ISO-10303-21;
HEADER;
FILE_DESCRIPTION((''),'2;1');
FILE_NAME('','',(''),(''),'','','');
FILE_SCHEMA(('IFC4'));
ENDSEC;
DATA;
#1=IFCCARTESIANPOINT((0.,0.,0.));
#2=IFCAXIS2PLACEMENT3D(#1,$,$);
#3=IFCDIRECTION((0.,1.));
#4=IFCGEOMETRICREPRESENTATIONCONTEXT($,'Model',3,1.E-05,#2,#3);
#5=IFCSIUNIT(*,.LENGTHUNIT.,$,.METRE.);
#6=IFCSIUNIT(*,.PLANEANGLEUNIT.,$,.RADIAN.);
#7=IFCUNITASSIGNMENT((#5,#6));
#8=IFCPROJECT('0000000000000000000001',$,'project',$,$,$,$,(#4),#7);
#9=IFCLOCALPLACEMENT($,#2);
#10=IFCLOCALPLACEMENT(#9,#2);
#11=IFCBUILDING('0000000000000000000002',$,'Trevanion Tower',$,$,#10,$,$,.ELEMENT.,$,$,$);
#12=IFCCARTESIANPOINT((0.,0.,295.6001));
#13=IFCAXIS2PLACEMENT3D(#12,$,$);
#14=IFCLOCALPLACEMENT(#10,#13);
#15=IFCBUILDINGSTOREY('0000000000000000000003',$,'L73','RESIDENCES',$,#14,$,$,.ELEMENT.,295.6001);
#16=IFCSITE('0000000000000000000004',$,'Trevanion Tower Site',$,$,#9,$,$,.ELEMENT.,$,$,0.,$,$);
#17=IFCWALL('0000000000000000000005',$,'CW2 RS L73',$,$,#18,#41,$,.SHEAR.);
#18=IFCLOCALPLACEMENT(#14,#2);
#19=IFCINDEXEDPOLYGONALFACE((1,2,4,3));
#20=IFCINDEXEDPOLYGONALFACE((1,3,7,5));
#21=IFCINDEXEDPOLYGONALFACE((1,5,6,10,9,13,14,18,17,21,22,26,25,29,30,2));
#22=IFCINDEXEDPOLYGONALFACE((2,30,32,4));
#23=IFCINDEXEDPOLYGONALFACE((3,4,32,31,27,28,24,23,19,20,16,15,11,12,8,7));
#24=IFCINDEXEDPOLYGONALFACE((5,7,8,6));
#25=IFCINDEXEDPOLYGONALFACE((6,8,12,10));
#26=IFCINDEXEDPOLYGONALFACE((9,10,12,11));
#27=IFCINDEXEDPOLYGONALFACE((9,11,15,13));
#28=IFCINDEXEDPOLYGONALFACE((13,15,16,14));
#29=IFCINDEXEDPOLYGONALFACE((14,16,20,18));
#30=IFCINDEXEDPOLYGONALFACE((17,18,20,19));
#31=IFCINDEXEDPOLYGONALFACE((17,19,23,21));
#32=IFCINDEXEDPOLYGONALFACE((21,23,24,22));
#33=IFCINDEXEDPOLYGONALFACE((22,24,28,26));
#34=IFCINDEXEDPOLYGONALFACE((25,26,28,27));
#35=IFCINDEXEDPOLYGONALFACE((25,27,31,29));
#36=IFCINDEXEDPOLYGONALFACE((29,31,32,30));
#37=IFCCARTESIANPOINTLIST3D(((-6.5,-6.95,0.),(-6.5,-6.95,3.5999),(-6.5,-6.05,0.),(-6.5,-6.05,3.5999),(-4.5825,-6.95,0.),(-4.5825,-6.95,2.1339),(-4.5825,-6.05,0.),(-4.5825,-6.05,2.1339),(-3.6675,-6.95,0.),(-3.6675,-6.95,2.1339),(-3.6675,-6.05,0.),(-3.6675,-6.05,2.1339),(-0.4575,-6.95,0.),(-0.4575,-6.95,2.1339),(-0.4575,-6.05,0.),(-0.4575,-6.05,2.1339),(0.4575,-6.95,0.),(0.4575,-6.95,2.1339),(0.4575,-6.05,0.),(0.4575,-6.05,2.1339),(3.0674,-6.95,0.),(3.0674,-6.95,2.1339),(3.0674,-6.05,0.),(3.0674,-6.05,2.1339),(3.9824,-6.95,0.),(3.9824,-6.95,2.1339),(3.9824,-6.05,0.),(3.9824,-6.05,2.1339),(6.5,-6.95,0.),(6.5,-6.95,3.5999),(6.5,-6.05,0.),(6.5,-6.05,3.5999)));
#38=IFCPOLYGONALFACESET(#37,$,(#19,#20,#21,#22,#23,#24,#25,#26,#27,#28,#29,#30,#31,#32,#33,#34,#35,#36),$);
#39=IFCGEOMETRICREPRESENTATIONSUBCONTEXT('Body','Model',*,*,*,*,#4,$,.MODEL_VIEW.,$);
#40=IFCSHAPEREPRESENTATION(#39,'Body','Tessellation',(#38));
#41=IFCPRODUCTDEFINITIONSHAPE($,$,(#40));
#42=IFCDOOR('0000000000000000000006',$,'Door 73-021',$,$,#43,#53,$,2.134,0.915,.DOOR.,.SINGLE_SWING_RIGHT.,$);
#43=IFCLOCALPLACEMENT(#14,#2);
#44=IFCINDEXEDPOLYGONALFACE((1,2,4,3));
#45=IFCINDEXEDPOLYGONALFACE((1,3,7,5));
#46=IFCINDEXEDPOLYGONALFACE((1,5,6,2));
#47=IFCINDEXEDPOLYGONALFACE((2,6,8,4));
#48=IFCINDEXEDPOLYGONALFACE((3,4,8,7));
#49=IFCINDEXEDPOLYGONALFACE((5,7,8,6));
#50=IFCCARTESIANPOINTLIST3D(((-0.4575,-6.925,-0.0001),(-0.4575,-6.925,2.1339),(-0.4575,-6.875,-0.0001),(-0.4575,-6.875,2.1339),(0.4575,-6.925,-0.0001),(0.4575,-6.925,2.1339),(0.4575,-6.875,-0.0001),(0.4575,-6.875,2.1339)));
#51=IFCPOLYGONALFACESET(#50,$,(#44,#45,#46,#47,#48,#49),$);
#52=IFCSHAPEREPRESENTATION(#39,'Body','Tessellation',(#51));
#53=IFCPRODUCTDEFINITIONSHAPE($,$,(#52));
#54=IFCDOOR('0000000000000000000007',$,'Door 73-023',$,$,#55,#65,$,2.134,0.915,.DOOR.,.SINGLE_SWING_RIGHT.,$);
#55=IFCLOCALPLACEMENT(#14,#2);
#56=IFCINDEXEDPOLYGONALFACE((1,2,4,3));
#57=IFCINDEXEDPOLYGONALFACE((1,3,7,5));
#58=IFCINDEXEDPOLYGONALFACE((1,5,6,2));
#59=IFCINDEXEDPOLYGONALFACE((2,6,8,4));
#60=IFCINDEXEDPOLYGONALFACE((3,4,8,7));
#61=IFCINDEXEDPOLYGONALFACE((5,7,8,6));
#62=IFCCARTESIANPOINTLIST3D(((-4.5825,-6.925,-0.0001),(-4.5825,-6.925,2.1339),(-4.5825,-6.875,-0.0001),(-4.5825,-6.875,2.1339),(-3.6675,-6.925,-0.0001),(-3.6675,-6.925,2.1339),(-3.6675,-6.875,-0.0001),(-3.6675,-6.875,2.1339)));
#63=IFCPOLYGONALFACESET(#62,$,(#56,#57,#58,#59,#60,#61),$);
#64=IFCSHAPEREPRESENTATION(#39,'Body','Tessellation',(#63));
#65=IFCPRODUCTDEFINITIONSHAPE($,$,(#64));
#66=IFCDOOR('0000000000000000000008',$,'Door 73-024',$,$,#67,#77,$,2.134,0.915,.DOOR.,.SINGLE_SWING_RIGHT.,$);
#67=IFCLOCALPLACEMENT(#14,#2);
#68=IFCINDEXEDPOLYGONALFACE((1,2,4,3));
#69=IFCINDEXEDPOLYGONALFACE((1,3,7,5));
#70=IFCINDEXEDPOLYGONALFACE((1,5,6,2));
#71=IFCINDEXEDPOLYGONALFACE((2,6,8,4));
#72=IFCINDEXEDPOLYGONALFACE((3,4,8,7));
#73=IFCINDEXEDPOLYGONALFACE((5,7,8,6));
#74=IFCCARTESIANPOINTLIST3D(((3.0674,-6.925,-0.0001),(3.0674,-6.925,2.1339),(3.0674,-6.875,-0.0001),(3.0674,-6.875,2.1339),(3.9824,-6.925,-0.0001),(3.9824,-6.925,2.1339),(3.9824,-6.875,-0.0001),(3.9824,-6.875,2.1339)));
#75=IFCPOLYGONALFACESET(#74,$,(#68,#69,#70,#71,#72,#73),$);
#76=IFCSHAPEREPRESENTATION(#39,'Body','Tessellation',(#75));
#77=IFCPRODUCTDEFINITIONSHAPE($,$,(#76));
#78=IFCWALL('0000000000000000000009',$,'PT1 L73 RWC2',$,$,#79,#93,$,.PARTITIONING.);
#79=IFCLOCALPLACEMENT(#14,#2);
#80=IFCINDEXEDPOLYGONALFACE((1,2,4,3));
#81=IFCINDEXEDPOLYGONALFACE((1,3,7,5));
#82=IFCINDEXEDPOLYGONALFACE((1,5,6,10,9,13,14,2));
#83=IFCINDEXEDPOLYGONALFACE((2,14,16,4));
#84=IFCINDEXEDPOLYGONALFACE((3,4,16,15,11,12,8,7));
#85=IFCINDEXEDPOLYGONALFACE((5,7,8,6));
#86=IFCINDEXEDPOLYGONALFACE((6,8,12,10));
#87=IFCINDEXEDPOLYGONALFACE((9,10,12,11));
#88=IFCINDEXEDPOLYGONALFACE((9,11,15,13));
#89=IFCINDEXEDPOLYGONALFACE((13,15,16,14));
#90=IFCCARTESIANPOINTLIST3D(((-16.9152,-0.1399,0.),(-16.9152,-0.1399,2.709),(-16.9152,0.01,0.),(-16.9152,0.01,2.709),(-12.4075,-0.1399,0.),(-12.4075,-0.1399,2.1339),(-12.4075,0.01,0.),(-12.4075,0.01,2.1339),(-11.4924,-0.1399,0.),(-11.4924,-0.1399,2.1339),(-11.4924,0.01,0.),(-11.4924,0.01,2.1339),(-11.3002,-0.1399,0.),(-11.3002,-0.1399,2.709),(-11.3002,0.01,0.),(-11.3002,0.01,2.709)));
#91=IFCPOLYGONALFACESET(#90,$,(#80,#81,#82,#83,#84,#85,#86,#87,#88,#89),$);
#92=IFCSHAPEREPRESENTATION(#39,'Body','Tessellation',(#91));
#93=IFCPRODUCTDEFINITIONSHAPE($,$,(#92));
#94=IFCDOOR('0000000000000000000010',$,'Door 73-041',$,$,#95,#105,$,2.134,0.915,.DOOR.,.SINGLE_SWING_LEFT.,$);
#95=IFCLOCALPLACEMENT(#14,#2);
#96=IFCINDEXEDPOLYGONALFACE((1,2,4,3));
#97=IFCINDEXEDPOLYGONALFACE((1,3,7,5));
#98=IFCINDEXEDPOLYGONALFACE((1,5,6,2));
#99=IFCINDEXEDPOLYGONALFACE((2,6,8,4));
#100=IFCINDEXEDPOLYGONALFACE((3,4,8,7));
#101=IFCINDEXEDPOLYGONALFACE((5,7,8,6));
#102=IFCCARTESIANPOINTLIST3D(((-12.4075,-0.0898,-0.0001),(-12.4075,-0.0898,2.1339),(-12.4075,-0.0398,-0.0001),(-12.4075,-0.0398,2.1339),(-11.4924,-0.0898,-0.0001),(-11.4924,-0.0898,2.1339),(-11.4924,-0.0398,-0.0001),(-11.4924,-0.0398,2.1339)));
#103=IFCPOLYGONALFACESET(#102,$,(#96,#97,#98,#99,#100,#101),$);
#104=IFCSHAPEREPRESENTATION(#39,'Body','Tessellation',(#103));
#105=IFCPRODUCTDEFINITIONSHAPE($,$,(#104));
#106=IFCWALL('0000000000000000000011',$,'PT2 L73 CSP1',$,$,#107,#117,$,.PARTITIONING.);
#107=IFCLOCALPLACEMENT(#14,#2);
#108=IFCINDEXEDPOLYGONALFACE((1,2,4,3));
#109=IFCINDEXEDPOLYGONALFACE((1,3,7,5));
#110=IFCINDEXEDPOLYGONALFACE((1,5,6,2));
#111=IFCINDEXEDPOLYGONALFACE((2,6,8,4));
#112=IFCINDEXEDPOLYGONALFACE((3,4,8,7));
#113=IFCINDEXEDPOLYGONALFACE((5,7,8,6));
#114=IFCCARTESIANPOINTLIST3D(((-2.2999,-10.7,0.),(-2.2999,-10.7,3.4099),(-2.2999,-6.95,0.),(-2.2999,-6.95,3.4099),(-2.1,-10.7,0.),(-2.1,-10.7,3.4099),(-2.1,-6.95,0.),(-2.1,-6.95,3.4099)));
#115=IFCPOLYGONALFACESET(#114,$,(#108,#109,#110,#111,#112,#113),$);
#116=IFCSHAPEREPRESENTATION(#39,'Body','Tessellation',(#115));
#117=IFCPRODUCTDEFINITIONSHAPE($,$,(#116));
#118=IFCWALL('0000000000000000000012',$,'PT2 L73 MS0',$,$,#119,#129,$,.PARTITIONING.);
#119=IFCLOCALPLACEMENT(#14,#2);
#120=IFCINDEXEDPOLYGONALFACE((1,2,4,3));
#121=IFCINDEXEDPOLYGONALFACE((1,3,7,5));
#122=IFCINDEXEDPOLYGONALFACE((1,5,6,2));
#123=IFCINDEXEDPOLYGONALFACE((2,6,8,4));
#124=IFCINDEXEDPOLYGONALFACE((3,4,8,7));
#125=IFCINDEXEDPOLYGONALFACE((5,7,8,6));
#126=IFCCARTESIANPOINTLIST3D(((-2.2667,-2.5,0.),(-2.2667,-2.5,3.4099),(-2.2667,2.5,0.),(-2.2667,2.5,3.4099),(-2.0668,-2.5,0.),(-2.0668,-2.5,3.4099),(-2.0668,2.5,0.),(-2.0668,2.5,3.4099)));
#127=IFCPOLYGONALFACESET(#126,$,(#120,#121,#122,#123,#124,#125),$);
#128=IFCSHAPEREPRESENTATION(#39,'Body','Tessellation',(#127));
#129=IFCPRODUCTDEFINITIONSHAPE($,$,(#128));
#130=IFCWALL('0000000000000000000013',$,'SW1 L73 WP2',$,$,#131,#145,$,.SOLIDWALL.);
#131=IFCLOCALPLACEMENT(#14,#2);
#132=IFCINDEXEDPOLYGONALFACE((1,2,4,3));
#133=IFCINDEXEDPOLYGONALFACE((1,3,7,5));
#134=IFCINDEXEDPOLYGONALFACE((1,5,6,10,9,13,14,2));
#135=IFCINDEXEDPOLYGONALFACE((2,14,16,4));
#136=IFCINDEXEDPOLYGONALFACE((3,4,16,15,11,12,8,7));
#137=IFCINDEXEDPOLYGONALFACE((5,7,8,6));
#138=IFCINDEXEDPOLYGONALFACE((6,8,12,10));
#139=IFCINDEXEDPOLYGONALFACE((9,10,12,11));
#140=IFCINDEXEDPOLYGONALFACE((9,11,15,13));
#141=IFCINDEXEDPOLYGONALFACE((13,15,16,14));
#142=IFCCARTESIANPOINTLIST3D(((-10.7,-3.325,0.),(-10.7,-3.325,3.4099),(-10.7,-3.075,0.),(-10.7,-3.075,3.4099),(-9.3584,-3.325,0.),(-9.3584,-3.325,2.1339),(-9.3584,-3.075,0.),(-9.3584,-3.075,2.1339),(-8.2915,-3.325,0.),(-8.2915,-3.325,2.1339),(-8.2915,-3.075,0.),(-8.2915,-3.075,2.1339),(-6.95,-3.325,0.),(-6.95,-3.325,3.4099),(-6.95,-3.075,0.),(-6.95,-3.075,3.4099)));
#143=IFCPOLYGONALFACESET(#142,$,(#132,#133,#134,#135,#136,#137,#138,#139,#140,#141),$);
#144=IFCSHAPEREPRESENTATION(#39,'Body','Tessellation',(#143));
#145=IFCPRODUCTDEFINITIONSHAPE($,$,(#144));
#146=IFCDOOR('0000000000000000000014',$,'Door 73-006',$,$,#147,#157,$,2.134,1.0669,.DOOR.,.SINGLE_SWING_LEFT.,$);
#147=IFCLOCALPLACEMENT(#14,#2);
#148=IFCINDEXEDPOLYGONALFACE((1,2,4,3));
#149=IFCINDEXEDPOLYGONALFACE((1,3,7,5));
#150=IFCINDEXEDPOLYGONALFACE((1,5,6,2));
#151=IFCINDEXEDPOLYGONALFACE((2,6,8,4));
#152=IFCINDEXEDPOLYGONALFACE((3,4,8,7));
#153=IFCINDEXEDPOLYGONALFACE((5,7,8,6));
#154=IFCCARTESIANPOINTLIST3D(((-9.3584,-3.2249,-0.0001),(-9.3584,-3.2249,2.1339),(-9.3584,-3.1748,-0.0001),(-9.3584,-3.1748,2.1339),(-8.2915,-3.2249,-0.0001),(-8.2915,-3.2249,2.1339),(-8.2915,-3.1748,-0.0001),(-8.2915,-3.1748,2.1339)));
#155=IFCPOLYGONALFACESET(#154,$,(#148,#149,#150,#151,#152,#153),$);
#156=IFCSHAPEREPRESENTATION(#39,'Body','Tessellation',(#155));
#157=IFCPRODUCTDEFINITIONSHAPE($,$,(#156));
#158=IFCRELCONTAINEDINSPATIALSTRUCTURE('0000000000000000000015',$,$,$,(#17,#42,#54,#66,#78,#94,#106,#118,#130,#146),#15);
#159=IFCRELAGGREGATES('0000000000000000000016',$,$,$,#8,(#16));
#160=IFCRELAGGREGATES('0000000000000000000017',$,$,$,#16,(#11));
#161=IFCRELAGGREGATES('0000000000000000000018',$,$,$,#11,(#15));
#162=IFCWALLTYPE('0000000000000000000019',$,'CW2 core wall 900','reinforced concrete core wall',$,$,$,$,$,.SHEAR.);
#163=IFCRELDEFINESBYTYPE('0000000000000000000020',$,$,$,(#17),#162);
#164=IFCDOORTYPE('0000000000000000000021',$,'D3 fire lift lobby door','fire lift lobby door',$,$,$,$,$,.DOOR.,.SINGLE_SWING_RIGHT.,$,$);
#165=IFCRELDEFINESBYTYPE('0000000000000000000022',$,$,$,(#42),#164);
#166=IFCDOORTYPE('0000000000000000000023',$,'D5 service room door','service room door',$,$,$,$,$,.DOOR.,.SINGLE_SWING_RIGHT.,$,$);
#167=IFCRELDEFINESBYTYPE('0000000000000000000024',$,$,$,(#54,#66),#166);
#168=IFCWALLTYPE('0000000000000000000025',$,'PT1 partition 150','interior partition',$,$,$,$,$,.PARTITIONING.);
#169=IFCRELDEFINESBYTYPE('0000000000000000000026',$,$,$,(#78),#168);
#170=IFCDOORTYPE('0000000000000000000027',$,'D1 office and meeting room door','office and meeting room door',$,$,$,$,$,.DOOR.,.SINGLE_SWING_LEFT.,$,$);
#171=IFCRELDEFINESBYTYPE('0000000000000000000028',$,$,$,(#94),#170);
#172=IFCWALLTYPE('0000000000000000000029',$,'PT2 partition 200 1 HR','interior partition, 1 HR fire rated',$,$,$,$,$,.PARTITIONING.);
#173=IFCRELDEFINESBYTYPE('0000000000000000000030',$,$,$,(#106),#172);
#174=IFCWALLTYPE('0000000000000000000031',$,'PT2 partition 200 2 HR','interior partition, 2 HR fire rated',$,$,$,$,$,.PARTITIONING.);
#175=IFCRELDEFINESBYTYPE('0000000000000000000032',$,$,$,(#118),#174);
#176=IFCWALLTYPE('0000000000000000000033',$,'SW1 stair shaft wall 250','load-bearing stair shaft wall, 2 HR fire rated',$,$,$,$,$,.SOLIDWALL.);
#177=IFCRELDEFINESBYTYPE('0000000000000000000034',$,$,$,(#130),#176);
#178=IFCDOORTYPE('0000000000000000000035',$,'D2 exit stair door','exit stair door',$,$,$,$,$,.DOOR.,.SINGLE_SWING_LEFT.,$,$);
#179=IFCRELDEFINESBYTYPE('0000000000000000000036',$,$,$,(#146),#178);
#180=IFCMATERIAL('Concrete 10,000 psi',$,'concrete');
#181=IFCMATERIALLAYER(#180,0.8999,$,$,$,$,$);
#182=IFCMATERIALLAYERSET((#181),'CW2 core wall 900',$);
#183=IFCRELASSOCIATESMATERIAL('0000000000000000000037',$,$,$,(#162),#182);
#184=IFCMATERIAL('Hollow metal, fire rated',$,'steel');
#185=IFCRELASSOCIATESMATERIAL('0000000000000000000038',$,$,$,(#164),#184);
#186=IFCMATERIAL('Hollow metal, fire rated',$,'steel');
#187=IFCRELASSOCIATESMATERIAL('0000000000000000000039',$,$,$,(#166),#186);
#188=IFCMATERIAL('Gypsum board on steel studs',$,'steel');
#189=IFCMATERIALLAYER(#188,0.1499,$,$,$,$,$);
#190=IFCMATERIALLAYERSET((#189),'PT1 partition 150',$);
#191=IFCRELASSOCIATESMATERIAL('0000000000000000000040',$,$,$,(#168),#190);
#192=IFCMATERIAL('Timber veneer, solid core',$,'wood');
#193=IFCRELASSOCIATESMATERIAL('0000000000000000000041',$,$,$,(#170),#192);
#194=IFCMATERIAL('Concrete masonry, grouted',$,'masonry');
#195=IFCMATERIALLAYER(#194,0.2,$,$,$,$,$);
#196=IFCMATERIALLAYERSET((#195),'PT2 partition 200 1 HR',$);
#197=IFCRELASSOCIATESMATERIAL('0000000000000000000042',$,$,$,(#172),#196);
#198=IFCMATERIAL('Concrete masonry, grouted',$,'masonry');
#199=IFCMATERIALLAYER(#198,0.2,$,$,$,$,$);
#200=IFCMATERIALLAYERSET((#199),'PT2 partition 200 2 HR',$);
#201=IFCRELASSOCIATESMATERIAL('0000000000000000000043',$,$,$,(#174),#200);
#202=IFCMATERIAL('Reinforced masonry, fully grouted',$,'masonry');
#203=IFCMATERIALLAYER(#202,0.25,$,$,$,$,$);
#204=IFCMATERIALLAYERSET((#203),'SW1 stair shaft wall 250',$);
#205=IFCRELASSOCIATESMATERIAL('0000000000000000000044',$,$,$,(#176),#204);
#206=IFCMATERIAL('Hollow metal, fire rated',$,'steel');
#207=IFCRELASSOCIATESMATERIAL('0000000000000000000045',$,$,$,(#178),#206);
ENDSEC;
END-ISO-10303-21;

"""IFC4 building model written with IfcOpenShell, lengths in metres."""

from ifc_helpers import new_model, si_unit, direction, frame, frame_2d, origin, place, context, subcontext, project, spatial, rectangle, extrude, material, layer, layer_set, type_object, element, fill, save


model = new_model("IFC4")

# Units and contexts
model_context = context("Model", 3, precision=1e-05, world=origin(), true_north=direction((0.0, 1.0)))
body_context = subcontext(model_context, "Body", "Model", "MODEL_VIEW")
ifc_project = project(units=[si_unit("LENGTHUNIT", "METRE"), si_unit("PLANEANGLEUNIT", "RADIAN")], contexts=[model_context])

# Site, building, storey
site_placement = place(None, origin())
site = spatial("IfcSite", under=ifc_project, at=site_placement, Name="Trevanion Tower Site", CompositionType="ELEMENT", RefElevation=0.0)
building_placement = place(site_placement, origin())
building = spatial("IfcBuilding", under=site, at=building_placement, Name="Trevanion Tower", CompositionType="ELEMENT")
storey_placement = place(building_placement, frame((0.0, 0.0, 295.6001)))
storey = spatial("IfcBuildingStorey", under=building, at=storey_placement, Name="L73", Description="RESIDENCES", CompositionType="ELEMENT", Elevation=295.6001)

# Shared definitions
ifc_material_1 = material(Name="Concrete 10,000 psi", Category="concrete")
ifc_layer_1 = layer(ifc_material_1, 0.8999)
ifc_layer_set_1 = layer_set([ifc_layer_1], Name="CW2 core wall 900")
wall_type_1 = type_object("IfcWallType", Name="CW2 core wall 900", Description="reinforced concrete core wall", PredefinedType="SHEAR", material=ifc_layer_set_1)

# Wall, openings, doors
wall_1_placement = place(storey_placement, frame((-6.5, -6.5, 0.0), z_axis=(0.0, 0.0, 1.0), x_axis=(1.0, 0.0, 0.0)))
wall_1 = element("IfcWall", 1, at=wall_1_placement, inside=storey, type_object=wall_type_1, Name="CW2 RS L73", PredefinedType="SHEAR", context=body_context, shape_type="SweptSolid", body=[
    extrude(rectangle(XDim=13.0, YDim=0.8999, at=frame_2d((6.5, 0.0))), origin(), (0.0, 0.0, 1.0), 3.5999),
])
opening_1_placement = place(wall_1_placement, frame((6.0425, 0.0, 0.0)))
opening_1 = element("IfcOpeningElement", 2, at=opening_1_placement, cuts=wall_1, PredefinedType="OPENING", context=body_context, shape_type="SweptSolid", body=[
    extrude(rectangle(XDim=0.915, YDim=2.134, at=frame_2d((0.4575, 1.0669))), frame((0.0, 0.46, 0.0), z_axis=(0.0, -1.0, 0.0), x_axis=(1.0, 0.0, 0.0)), (0.0, 0.0, 1.0), 0.9199),
])
opening_2_placement = place(wall_1_placement, frame((1.9175, 0.0, 0.0)))
opening_2 = element("IfcOpeningElement", 3, at=opening_2_placement, cuts=wall_1, PredefinedType="OPENING", context=body_context, shape_type="SweptSolid", body=[
    extrude(rectangle(XDim=0.915, YDim=2.134, at=frame_2d((0.4575, 1.0669))), frame((0.0, 0.46, 0.0), z_axis=(0.0, -1.0, 0.0), x_axis=(1.0, 0.0, 0.0)), (0.0, 0.0, 1.0), 0.9199),
])
opening_3_placement = place(wall_1_placement, frame((9.5674, 0.0, 0.0)))
opening_3 = element("IfcOpeningElement", 4, at=opening_3_placement, cuts=wall_1, PredefinedType="OPENING", context=body_context, shape_type="SweptSolid", body=[
    extrude(rectangle(XDim=0.915, YDim=2.134, at=frame_2d((0.4575, 1.0669))), frame((0.0, 0.46, 0.0), z_axis=(0.0, -1.0, 0.0), x_axis=(1.0, 0.0, 0.0)), (0.0, 0.0, 1.0), 0.9199),
])
ifc_material_2 = material(Name="Hollow metal, fire rated", Category="steel")
door_type_1 = type_object("IfcDoorType", Name="D3 fire lift lobby door", Description="fire lift lobby door", OperationType="SINGLE_SWING_RIGHT", PredefinedType="DOOR", material=ifc_material_2)
door_1_placement = place(opening_1_placement, origin())
door_1 = element("IfcDoor", 5, at=door_1_placement, inside=storey, type_object=door_type_1, Name="Door 73-021", OperationType="SINGLE_SWING_RIGHT", OverallHeight=2.134, OverallWidth=0.915, PredefinedType="DOOR", context=body_context, shape_type="SweptSolid", body=[
    extrude(rectangle(XDim=0.915, YDim=2.134, at=frame_2d((0.4575, 1.0669))), frame((0.0, -0.375, 0.0), z_axis=(0.0, -1.0, 0.0), x_axis=(1.0, 0.0, 0.0)), (0.0, 0.0, 1.0), 0.05),
])
fill(opening_1, door_1)
ifc_material_3 = material(Name="Hollow metal, fire rated", Category="steel")
door_type_2 = type_object("IfcDoorType", Name="D5 service room door", Description="service room door", OperationType="SINGLE_SWING_RIGHT", PredefinedType="DOOR", material=ifc_material_3)
door_2_placement = place(opening_2_placement, origin())
door_2 = element("IfcDoor", 6, at=door_2_placement, inside=storey, type_object=door_type_2, Name="Door 73-023", OperationType="SINGLE_SWING_RIGHT", OverallHeight=2.134, OverallWidth=0.915, PredefinedType="DOOR", context=body_context, shape_type="SweptSolid", body=[
    extrude(rectangle(XDim=0.915, YDim=2.134, at=frame_2d((0.4575, 1.0669))), frame((0.0, -0.375, 0.0), z_axis=(0.0, -1.0, 0.0), x_axis=(1.0, 0.0, 0.0)), (0.0, 0.0, 1.0), 0.05),
])
fill(opening_2, door_2)
door_3_placement = place(opening_3_placement, origin())
door_3 = element("IfcDoor", 7, at=door_3_placement, inside=storey, type_object=door_type_2, Name="Door 73-024", OperationType="SINGLE_SWING_RIGHT", OverallHeight=2.134, OverallWidth=0.915, PredefinedType="DOOR", context=body_context, shape_type="SweptSolid", body=[
    extrude(rectangle(XDim=0.915, YDim=2.134, at=frame_2d((0.4575, 1.0669))), frame((0.0, -0.375, 0.0), z_axis=(0.0, -1.0, 0.0), x_axis=(1.0, 0.0, 0.0)), (0.0, 0.0, 1.0), 0.05),
])
fill(opening_3, door_3)

# Wall, opening, door
ifc_material_4 = material(Name="Gypsum board on steel studs", Category="steel")
ifc_layer_2 = layer(ifc_material_4, 0.1499)
ifc_layer_set_2 = layer_set([ifc_layer_2], Name="PT1 partition 150")
wall_type_2 = type_object("IfcWallType", Name="PT1 partition 150", Description="interior partition", PredefinedType="PARTITIONING", material=ifc_layer_set_2)
wall_2_placement = place(storey_placement, frame((-11.3, -0.0649, 0.0), z_axis=(0.0, 0.0, 1.0), x_axis=(-1.0, 0.0, 0.0)))
wall_2 = element("IfcWall", 8, at=wall_2_placement, inside=storey, type_object=wall_type_2, Name="PT1 L73 RWC2", PredefinedType="PARTITIONING", context=body_context, shape_type="SweptSolid", body=[
    extrude(rectangle(XDim=5.615, YDim=0.1499, at=frame_2d((2.8076, 0.0))), origin(), (0.0, 0.0, 1.0), 2.709),
])
opening_4_placement = place(wall_2_placement, frame((0.1924, 0.0, 0.0)))
opening_4 = element("IfcOpeningElement", 9, at=opening_4_placement, cuts=wall_2, PredefinedType="OPENING", context=body_context, shape_type="SweptSolid", body=[
    extrude(rectangle(XDim=0.915, YDim=2.134, at=frame_2d((0.4575, 1.0669))), frame((0.0, 0.085, 0.0), z_axis=(0.0, -1.0, 0.0), x_axis=(1.0, 0.0, 0.0)), (0.0, 0.0, 1.0), 0.1699),
])
ifc_material_5 = material(Name="Timber veneer, solid core", Category="wood")
door_type_3 = type_object("IfcDoorType", Name="D1 office and meeting room door", Description="office and meeting room door", OperationType="SINGLE_SWING_LEFT", PredefinedType="DOOR", material=ifc_material_5)
door_4_placement = place(opening_4_placement, origin())
door_4 = element("IfcDoor", 10, at=door_4_placement, inside=storey, type_object=door_type_3, Name="Door 73-041", OperationType="SINGLE_SWING_LEFT", OverallHeight=2.134, OverallWidth=0.915, PredefinedType="DOOR", context=body_context, shape_type="SweptSolid", body=[
    extrude(rectangle(XDim=0.915, YDim=2.134, at=frame_2d((0.4575, 1.0669))), frame((0.0, 0.0249, 0.0), z_axis=(0.0, -1.0, 0.0), x_axis=(1.0, 0.0, 0.0)), (0.0, 0.0, 1.0), 0.05),
])
fill(opening_4, door_4)

# Walls
ifc_material_6 = material(Name="Concrete masonry, grouted", Category="masonry")
ifc_layer_3 = layer(ifc_material_6, 0.2)
ifc_layer_set_3 = layer_set([ifc_layer_3], Name="PT2 partition 200 1 HR")
wall_type_3 = type_object("IfcWallType", Name="PT2 partition 200 1 HR", Description="interior partition, 1 HR fire rated", PredefinedType="PARTITIONING", material=ifc_layer_set_3)
wall_3_placement = place(storey_placement, frame((-2.2, -6.95, 0.0), z_axis=(0.0, 0.0, 1.0), x_axis=(0.0, -1.0, 0.0)))
element("IfcWall", 11, at=wall_3_placement, inside=storey, type_object=wall_type_3, Name="PT2 L73 CSP1", PredefinedType="PARTITIONING", context=body_context, shape_type="SweptSolid", body=[
    extrude(rectangle(XDim=3.75, YDim=0.2, at=frame_2d((1.875, 0.0))), origin(), (0.0, 0.0, 1.0), 3.4099),
])
ifc_material_7 = material(Name="Concrete masonry, grouted", Category="masonry")
ifc_layer_4 = layer(ifc_material_7, 0.2)
ifc_layer_set_4 = layer_set([ifc_layer_4], Name="PT2 partition 200 2 HR")
wall_type_4 = type_object("IfcWallType", Name="PT2 partition 200 2 HR", Description="interior partition, 2 HR fire rated", PredefinedType="PARTITIONING", material=ifc_layer_set_4)
wall_4_placement = place(storey_placement, frame((-2.1667, -2.5, 0.0), z_axis=(0.0, 0.0, 1.0), x_axis=(0.0, 1.0, 0.0)))
element("IfcWall", 12, at=wall_4_placement, inside=storey, type_object=wall_type_4, Name="PT2 L73 MS0", PredefinedType="PARTITIONING", context=body_context, shape_type="SweptSolid", body=[
    extrude(rectangle(XDim=5.0, YDim=0.2, at=frame_2d((2.5, 0.0))), origin(), (0.0, 0.0, 1.0), 3.4099),
])

# Wall, opening, door
ifc_material_8 = material(Name="Reinforced masonry, fully grouted", Category="masonry")
ifc_layer_5 = layer(ifc_material_8, 0.25)
ifc_layer_set_5 = layer_set([ifc_layer_5], Name="SW1 stair shaft wall 250")
wall_type_5 = type_object("IfcWallType", Name="SW1 stair shaft wall 250", Description="load-bearing stair shaft wall, 2 HR fire rated", PredefinedType="SOLIDWALL", material=ifc_layer_set_5)
wall_5_placement = place(storey_placement, frame((-6.95, -3.2, 0.0), z_axis=(0.0, 0.0, 1.0), x_axis=(-1.0, 0.0, 0.0)))
wall_5 = element("IfcWall", 13, at=wall_5_placement, inside=storey, type_object=wall_type_5, Name="SW1 L73 WP2", PredefinedType="SOLIDWALL", context=body_context, shape_type="SweptSolid", body=[
    extrude(rectangle(XDim=3.75, YDim=0.25, at=frame_2d((1.875, 0.0))), origin(), (0.0, 0.0, 1.0), 3.4099),
])
opening_5_placement = place(wall_5_placement, frame((1.3416, 0.0, 0.0)))
opening_5 = element("IfcOpeningElement", 14, at=opening_5_placement, cuts=wall_5, PredefinedType="OPENING", context=body_context, shape_type="SweptSolid", body=[
    extrude(rectangle(XDim=1.0669, YDim=2.134, at=frame_2d((0.5334, 1.0669))), frame((0.0, 0.135, 0.0), z_axis=(0.0, -1.0, 0.0), x_axis=(1.0, 0.0, 0.0)), (0.0, 0.0, 1.0), 0.27),
])
ifc_material_9 = material(Name="Hollow metal, fire rated", Category="steel")
door_type_4 = type_object("IfcDoorType", Name="D2 exit stair door", Description="exit stair door", OperationType="SINGLE_SWING_LEFT", PredefinedType="DOOR", material=ifc_material_9)
door_5_placement = place(opening_5_placement, origin())
door_5 = element("IfcDoor", 15, at=door_5_placement, inside=storey, type_object=door_type_4, Name="Door 73-006", OperationType="SINGLE_SWING_LEFT", OverallHeight=2.134, OverallWidth=1.0669, PredefinedType="DOOR", context=body_context, shape_type="SweptSolid", body=[
    extrude(rectangle(XDim=1.0669, YDim=2.134, at=frame_2d((0.5334, 1.0669))), frame((0.0, 0.0249, 0.0), z_axis=(0.0, -1.0, 0.0), x_axis=(1.0, 0.0, 0.0)), (0.0, 0.0, 1.0), 0.05),
])
fill(opening_5, door_5)

save(model, "model.ifc")
